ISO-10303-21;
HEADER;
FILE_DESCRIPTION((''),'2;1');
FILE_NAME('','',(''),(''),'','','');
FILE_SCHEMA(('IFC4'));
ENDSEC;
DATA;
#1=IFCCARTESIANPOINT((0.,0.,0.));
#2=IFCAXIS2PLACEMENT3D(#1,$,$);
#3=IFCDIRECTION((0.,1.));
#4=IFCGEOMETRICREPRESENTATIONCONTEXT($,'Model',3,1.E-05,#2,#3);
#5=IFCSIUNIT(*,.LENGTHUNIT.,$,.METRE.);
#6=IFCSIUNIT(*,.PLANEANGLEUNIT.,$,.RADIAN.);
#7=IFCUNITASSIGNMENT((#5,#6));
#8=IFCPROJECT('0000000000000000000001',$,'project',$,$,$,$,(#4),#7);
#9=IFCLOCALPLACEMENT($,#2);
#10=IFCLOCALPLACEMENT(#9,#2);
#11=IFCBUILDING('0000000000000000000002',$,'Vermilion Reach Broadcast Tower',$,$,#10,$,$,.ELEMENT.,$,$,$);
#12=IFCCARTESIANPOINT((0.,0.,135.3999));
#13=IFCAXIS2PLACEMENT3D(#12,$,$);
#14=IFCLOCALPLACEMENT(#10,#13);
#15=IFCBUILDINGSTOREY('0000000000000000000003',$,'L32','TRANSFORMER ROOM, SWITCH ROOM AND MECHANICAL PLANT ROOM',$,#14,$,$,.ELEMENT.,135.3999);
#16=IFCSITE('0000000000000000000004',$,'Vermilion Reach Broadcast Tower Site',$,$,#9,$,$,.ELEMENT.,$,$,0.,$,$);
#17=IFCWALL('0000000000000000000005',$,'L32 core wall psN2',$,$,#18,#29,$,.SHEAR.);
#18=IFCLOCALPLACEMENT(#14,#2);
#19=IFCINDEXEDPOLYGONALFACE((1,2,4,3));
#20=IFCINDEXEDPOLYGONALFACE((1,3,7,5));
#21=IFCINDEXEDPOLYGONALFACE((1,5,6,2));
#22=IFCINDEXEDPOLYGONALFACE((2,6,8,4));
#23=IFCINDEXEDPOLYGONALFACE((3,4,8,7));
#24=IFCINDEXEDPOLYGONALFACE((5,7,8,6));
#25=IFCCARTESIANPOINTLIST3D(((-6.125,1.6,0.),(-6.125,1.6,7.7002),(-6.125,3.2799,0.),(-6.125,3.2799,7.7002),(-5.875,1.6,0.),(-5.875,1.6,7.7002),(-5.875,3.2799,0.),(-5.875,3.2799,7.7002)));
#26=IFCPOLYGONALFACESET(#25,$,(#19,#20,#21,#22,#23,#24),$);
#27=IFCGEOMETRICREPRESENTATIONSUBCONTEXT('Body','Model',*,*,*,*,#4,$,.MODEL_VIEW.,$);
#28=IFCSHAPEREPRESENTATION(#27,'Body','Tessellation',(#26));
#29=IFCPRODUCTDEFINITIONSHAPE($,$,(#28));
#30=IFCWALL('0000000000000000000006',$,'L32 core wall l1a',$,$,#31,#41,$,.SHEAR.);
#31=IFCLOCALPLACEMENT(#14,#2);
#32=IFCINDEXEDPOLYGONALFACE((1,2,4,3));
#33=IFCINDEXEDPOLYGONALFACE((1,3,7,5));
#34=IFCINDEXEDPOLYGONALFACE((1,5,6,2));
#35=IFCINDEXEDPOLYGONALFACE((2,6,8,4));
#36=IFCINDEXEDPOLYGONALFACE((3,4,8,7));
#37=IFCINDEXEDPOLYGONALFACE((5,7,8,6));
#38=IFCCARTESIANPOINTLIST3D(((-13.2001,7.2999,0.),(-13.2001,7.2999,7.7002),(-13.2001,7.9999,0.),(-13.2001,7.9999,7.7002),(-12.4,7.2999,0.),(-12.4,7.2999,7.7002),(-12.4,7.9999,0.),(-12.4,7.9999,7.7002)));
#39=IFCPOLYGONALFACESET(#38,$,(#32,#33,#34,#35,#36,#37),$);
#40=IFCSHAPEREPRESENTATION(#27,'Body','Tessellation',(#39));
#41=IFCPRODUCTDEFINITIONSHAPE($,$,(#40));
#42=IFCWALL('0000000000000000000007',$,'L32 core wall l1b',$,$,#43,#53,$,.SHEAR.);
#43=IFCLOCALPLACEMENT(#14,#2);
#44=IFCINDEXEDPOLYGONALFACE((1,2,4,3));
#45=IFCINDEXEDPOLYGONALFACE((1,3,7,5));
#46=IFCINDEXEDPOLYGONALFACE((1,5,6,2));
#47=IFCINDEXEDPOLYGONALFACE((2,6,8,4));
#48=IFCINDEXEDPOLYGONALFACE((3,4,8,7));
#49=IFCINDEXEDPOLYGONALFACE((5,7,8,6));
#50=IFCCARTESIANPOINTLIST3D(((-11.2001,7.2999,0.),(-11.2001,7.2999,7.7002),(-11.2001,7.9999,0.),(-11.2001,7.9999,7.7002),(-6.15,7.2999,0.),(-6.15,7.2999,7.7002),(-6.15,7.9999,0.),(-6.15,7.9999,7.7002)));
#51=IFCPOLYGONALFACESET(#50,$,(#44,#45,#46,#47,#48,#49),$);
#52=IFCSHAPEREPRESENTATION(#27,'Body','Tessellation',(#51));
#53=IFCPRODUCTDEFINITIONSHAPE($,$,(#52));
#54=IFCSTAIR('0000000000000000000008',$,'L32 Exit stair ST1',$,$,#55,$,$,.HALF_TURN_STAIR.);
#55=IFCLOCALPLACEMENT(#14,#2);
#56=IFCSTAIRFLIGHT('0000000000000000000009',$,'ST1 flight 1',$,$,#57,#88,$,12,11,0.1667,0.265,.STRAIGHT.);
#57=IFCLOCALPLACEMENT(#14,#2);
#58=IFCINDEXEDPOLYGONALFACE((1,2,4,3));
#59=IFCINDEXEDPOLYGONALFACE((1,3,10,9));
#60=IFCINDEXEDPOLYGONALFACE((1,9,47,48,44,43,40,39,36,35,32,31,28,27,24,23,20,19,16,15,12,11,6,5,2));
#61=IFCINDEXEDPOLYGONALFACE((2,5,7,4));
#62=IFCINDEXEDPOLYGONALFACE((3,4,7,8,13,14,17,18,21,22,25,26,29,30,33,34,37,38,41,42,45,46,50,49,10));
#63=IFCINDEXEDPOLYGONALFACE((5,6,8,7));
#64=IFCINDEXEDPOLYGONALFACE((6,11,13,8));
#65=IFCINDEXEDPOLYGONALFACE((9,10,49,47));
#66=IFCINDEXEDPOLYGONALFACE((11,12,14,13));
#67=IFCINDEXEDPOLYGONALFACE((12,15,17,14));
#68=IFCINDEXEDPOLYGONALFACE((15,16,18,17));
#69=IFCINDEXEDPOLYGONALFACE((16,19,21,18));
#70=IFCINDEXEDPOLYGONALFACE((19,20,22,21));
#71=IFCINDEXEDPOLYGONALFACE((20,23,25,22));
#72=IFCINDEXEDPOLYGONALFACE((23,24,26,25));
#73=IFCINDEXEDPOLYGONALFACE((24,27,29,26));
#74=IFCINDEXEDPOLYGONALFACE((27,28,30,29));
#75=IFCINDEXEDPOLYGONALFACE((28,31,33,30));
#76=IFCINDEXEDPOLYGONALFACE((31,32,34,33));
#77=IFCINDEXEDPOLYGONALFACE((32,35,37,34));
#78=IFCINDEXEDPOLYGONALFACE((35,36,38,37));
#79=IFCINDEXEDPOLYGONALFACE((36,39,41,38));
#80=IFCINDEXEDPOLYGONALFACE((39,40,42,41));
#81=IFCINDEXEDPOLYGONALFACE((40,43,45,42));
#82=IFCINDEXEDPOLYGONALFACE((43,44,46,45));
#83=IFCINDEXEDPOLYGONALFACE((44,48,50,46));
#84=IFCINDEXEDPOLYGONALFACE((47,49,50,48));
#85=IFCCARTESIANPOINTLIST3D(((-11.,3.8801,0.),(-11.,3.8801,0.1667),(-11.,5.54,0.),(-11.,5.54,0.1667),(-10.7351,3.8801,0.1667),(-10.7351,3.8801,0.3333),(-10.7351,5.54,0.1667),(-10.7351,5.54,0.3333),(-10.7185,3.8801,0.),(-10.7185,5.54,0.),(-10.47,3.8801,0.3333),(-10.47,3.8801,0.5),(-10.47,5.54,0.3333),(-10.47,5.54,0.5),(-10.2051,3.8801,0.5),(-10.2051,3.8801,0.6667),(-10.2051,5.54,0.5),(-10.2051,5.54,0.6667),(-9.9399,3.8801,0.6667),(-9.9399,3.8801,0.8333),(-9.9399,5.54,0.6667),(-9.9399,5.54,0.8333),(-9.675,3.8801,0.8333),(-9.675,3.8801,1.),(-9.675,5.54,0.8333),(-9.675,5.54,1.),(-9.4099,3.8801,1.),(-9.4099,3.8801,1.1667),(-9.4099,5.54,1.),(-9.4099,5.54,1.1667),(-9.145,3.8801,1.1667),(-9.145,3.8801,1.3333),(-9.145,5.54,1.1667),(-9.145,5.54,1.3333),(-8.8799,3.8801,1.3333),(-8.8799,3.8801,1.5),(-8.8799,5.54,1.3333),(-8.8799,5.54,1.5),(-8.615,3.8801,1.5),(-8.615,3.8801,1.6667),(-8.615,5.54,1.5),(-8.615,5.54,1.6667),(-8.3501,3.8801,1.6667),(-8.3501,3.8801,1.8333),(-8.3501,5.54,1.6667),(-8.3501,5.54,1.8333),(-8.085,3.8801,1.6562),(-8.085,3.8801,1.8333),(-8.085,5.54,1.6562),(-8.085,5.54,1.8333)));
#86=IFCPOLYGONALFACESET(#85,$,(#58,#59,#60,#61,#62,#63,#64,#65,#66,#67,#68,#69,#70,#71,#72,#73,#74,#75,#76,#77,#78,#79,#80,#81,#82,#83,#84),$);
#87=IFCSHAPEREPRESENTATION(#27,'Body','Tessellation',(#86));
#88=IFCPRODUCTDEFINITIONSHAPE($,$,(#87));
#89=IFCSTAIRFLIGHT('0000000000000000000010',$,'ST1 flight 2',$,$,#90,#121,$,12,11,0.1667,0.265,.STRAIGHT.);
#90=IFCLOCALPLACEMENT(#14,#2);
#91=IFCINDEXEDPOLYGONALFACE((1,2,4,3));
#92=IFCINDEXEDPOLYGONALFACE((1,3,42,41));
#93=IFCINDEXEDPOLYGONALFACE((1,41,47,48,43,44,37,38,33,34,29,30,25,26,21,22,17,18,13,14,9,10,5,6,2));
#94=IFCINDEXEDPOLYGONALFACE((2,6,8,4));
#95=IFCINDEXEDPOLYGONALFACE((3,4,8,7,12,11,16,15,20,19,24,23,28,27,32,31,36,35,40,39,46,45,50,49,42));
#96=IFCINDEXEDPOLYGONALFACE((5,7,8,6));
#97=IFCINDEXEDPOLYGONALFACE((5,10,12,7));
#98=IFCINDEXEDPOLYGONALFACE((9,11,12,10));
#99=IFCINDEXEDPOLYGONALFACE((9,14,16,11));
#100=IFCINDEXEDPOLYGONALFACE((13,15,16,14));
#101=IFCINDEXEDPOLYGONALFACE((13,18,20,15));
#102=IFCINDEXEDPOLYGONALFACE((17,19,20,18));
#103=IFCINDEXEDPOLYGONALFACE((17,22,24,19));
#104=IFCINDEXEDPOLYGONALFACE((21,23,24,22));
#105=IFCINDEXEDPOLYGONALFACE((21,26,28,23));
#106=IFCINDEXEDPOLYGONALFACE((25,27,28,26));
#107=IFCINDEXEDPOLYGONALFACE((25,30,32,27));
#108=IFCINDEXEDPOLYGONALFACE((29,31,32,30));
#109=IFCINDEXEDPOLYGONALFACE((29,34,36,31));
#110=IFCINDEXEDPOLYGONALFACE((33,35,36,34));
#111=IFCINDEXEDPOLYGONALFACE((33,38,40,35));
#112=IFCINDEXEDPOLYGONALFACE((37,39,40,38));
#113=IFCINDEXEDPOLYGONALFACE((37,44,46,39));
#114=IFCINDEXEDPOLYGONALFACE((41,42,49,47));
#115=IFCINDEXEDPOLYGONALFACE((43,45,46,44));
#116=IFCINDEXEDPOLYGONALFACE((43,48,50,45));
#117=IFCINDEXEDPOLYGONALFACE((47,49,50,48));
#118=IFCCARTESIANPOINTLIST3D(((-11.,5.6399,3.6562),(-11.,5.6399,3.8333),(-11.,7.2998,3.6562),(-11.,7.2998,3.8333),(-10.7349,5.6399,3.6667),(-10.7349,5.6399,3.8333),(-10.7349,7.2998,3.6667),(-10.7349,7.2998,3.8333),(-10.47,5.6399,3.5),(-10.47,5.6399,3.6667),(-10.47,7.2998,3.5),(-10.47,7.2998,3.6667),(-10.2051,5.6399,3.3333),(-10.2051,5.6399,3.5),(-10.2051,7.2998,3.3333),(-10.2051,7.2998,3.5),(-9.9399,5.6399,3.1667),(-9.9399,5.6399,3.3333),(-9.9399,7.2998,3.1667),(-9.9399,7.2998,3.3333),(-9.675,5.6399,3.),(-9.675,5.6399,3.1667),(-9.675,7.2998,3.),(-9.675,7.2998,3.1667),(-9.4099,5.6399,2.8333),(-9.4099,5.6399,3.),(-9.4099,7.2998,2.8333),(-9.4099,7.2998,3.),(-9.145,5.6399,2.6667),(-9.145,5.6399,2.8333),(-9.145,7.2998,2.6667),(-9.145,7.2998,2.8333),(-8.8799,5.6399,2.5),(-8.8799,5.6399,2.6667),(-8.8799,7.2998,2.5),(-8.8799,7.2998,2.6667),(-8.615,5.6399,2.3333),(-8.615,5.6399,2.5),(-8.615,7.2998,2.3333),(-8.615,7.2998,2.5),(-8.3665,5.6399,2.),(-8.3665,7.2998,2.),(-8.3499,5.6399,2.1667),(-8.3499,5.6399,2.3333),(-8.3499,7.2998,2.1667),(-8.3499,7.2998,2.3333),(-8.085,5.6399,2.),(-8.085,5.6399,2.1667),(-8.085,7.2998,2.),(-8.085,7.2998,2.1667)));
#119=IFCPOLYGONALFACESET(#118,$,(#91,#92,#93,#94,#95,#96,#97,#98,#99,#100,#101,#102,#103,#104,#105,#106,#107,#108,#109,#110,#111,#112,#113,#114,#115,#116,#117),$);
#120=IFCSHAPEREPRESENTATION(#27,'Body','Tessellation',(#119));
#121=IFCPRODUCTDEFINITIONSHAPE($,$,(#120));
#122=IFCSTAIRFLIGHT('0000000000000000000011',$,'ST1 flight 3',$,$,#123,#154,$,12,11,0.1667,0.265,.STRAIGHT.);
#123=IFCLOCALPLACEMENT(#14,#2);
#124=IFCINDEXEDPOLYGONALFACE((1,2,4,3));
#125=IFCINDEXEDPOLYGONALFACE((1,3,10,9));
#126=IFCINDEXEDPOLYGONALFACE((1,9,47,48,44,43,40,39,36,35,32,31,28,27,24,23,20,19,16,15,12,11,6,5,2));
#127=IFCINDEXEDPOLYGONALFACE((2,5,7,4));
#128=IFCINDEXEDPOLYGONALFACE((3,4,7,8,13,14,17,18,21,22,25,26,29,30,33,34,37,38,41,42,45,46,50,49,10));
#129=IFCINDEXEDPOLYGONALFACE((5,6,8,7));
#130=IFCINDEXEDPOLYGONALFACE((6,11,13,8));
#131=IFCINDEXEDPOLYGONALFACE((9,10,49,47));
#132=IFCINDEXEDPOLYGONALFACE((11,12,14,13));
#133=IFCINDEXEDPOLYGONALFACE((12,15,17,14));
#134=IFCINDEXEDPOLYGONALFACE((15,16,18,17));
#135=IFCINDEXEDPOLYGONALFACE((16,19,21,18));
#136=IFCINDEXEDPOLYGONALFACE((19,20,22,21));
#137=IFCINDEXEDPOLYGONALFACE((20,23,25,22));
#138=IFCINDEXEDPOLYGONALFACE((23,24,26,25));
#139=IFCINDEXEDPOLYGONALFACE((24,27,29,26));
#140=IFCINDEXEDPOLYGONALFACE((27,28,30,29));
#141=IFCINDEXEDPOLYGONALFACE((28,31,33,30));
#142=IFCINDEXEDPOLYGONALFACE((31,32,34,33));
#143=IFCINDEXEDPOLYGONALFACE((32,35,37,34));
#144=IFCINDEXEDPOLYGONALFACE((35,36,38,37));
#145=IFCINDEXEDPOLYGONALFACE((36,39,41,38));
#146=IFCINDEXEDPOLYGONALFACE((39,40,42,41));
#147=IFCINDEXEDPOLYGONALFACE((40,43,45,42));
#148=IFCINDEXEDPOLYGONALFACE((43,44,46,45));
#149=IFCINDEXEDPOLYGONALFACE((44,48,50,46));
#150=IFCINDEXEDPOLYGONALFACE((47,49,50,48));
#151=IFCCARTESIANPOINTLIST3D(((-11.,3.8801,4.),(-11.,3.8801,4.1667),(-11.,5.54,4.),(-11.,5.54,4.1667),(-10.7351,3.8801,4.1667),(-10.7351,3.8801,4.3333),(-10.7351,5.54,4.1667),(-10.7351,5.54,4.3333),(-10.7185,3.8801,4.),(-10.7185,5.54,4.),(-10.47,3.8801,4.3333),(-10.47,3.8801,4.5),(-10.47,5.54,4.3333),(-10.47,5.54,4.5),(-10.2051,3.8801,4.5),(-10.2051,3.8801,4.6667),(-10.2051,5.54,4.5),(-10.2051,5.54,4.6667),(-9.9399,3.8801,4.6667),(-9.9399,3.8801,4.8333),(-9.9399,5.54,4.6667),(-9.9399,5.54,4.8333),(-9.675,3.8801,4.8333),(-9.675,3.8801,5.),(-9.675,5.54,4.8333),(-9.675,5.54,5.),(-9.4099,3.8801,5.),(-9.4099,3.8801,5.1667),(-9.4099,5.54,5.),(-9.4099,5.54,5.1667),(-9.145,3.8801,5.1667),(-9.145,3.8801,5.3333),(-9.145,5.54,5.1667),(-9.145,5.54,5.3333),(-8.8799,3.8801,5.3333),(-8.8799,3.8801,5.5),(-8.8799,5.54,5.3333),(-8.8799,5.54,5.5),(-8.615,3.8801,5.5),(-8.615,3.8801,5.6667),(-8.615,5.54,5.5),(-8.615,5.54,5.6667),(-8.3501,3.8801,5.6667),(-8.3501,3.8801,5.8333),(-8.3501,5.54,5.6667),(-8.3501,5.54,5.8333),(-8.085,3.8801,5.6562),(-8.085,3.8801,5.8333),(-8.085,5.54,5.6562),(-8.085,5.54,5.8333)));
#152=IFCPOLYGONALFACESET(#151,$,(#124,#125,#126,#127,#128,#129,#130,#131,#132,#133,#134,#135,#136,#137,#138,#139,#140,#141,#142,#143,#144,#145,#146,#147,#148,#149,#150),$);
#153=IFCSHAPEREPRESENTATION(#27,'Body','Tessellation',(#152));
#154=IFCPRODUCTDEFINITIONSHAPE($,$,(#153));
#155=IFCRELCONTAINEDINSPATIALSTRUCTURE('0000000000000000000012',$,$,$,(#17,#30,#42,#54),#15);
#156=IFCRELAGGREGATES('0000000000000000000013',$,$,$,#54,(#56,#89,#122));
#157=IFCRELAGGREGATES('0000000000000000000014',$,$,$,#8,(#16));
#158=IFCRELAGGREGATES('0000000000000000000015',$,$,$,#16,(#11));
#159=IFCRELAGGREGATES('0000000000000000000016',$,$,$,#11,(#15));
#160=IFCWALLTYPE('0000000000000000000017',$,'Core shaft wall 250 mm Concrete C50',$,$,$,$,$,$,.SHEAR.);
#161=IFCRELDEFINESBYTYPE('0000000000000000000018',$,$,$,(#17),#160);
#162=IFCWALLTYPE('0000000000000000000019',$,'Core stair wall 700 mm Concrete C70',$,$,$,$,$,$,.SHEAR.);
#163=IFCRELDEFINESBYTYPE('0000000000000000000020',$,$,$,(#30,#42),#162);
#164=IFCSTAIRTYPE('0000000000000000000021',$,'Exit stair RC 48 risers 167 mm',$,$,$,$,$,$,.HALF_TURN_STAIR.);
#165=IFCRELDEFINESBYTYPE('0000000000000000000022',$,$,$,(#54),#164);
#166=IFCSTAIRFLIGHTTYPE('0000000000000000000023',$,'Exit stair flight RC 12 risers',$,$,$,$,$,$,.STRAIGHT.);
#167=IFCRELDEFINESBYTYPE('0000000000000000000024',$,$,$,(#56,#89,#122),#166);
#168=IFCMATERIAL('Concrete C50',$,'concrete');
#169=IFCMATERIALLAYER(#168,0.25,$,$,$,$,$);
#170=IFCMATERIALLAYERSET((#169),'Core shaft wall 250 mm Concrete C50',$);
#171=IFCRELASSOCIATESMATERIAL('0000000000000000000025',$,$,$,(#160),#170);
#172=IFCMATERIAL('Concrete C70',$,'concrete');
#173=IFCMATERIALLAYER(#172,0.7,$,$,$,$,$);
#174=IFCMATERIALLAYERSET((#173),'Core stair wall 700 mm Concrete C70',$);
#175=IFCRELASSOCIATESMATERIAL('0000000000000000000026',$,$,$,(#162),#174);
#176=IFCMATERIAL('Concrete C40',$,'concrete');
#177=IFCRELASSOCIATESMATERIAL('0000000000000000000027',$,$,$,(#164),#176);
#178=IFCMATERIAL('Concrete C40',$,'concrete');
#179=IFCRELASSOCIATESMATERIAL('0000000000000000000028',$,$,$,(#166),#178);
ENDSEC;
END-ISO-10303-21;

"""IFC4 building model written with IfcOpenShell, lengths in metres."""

from ifc_helpers import new_model, si_unit, direction, frame, frame_2d, origin, place, context, subcontext, project, spatial, polyline, rectangle, outline, extrude, material, layer, layer_set, type_object, element, aggregate, save


model = new_model("IFC4")

# Units and contexts
model_context = context("Model", 3, precision=1e-05, world=origin(), true_north=direction((0.0, 1.0)))
body_context = subcontext(model_context, "Body", "Model", "MODEL_VIEW")
ifc_project = project(units=[si_unit("LENGTHUNIT", "METRE"), si_unit("PLANEANGLEUNIT", "RADIAN")], contexts=[model_context])

# Site, building, storey
site_placement = place(None, origin())
site = spatial("IfcSite", under=ifc_project, at=site_placement, Name="Vermilion Reach Broadcast Tower Site", CompositionType="ELEMENT", RefElevation=0.0)
building_placement = place(site_placement, origin())
building = spatial("IfcBuilding", under=site, at=building_placement, Name="Vermilion Reach Broadcast Tower", CompositionType="ELEMENT")
storey_placement = place(building_placement, frame((0.0, 0.0, 135.3999)))
storey = spatial("IfcBuildingStorey", under=building, at=storey_placement, Name="L32", Description="TRANSFORMER ROOM, SWITCH ROOM AND MECHANICAL PLANT ROOM", CompositionType="ELEMENT", Elevation=135.3999)

# Walls
ifc_material_1 = material(Name="Concrete C50", Category="concrete")
ifc_layer_1 = layer(ifc_material_1, 0.25)
ifc_layer_set_1 = layer_set([ifc_layer_1], Name="Core shaft wall 250 mm Concrete C50")
wall_type_1 = type_object("IfcWallType", Name="Core shaft wall 250 mm Concrete C50", PredefinedType="SHEAR", material=ifc_layer_set_1)
wall_1_placement = place(storey_placement, frame((-6.0, 1.6001, 0.0), z_axis=(0.0, 0.0, 1.0), x_axis=(0.0, 1.0, 0.0)))
element("IfcWall", 1, at=wall_1_placement, inside=storey, type_object=wall_type_1, Name="L32 core wall psN2", PredefinedType="SHEAR", context=body_context, shape_type="SweptSolid", body=[
    extrude(rectangle(XDim=1.6799, YDim=0.25, at=frame_2d((0.8398, 0.0))), origin(), (0.0, 0.0, 1.0), 7.7002),
])
ifc_material_2 = material(Name="Concrete C70", Category="concrete")
ifc_layer_2 = layer(ifc_material_2, 0.7)
ifc_layer_set_2 = layer_set([ifc_layer_2], Name="Core stair wall 700 mm Concrete C70")
wall_type_2 = type_object("IfcWallType", Name="Core stair wall 700 mm Concrete C70", PredefinedType="SHEAR", material=ifc_layer_set_2)
wall_2_placement = place(storey_placement, frame((-13.2, 7.6499, 0.0), z_axis=(0.0, 0.0, 1.0), x_axis=(1.0, 0.0, 0.0)))
element("IfcWall", 2, at=wall_2_placement, inside=storey, type_object=wall_type_2, Name="L32 core wall l1a", PredefinedType="SHEAR", context=body_context, shape_type="SweptSolid", body=[
    extrude(rectangle(XDim=0.8, YDim=0.7, at=frame_2d((0.3999, 0.0))), origin(), (0.0, 0.0, 1.0), 7.7002),
])
wall_3_placement = place(storey_placement, frame((-11.2, 7.6499, 0.0), z_axis=(0.0, 0.0, 1.0), x_axis=(1.0, 0.0, 0.0)))
element("IfcWall", 3, at=wall_3_placement, inside=storey, type_object=wall_type_2, Name="L32 core wall l1b", PredefinedType="SHEAR", context=body_context, shape_type="SweptSolid", body=[
    extrude(rectangle(XDim=5.05, YDim=0.7, at=frame_2d((2.5249, 0.0))), origin(), (0.0, 0.0, 1.0), 7.7002),
])

# Stair, stair flights
ifc_material_3 = material(Name="Concrete C40", Category="concrete")
stair_type = type_object("IfcStairType", Name="Exit stair RC 48 risers 167 mm", PredefinedType="HALF_TURN_STAIR", material=ifc_material_3)
stair_placement = place(storey_placement, origin())
stair = element("IfcStair", 4, at=stair_placement, inside=storey, type_object=stair_type, Name="L32 Exit stair ST1", PredefinedType="HALF_TURN_STAIR")
ifc_material_4 = material(Name="Concrete C40", Category="concrete")
stair_flight_type = type_object("IfcStairFlightType", Name="Exit stair flight RC 12 risers", PredefinedType="STRAIGHT", material=ifc_material_4)
stair_flight_1_placement = place(storey_placement, frame((-11.0, 4.71, 0.0), z_axis=(0.0, 0.0, 1.0), x_axis=(1.0, 0.0, 0.0)))
stair_flight_1 = element("IfcStairFlight", 5, at=stair_flight_1_placement, type_object=stair_flight_type, Name="ST1 flight 1", NumberOfRisers=12, NumberOfTreads=11, PredefinedType="STRAIGHT", RiserHeight=0.1667, TreadLength=0.265, context=body_context, shape_type="SweptSolid", body=[
    extrude(outline(polyline([(0.0, 0.0), (0.0, 0.1667), (0.2649, 0.1667), (0.2649, 0.3333), (0.53, 0.3333), (0.53, 0.5), (0.7949, 0.5), (0.7949, 0.6667), (1.0601, 0.6667), (1.0601, 0.8333), (1.325, 0.8333), (1.325, 1.0), (1.5901, 1.0), (1.5901, 1.1667), (1.855, 1.1667), (1.855, 1.3333), (2.1201, 1.3333), (2.1201, 1.5), (2.385, 1.5), (2.385, 1.6667), (2.6499, 1.6667), (2.6499, 1.8333), (2.915, 1.8333), (2.915, 2.0), (2.915, 1.6562), (0.2815, 0.0), (0.0, 0.0)])), frame((0.0, 0.8301, 0.0), z_axis=(0.0, -1.0, 0.0), x_axis=(1.0, 0.0, 0.0)), (0.0, 0.0, 1.0), 1.6599),
])
stair_flight_2_placement = place(storey_placement, frame((-8.085, 6.47, 2.0), z_axis=(0.0, 0.0, 1.0), x_axis=(-1.0, 0.0, 0.0)))
stair_flight_2 = element("IfcStairFlight", 6, at=stair_flight_2_placement, type_object=stair_flight_type, Name="ST1 flight 2", NumberOfRisers=12, NumberOfTreads=11, PredefinedType="STRAIGHT", RiserHeight=0.1667, TreadLength=0.265, context=body_context, shape_type="SweptSolid", body=[
    extrude(outline(polyline([(0.0, 0.0), (0.0, 0.1667), (0.2649, 0.1667), (0.2649, 0.3333), (0.53, 0.3333), (0.53, 0.5), (0.7949, 0.5), (0.7949, 0.6667), (1.0601, 0.6667), (1.0601, 0.8333), (1.325, 0.8333), (1.325, 1.0), (1.5901, 1.0), (1.5901, 1.1667), (1.855, 1.1667), (1.855, 1.3333), (2.1201, 1.3333), (2.1201, 1.5), (2.385, 1.5), (2.385, 1.6667), (2.6499, 1.6667), (2.6499, 1.8333), (2.915, 1.8333), (2.915, 2.0), (2.915, 1.6562), (0.2815, 0.0), (0.0, 0.0)])), frame((0.0, 0.8301, 0.0), z_axis=(0.0, -1.0, 0.0), x_axis=(1.0, 0.0, 0.0)), (0.0, 0.0, 1.0), 1.6599),
])
stair_flight_3_placement = place(storey_placement, frame((-11.0, 4.71, 4.0), z_axis=(0.0, 0.0, 1.0), x_axis=(1.0, 0.0, 0.0)))
stair_flight_3 = element("IfcStairFlight", 7, at=stair_flight_3_placement, type_object=stair_flight_type, Name="ST1 flight 3", NumberOfRisers=12, NumberOfTreads=11, PredefinedType="STRAIGHT", RiserHeight=0.1667, TreadLength=0.265, context=body_context, shape_type="SweptSolid", body=[
    extrude(outline(polyline([(0.0, 0.0), (0.0, 0.1667), (0.2649, 0.1667), (0.2649, 0.3333), (0.53, 0.3333), (0.53, 0.5), (0.7949, 0.5), (0.7949, 0.6667), (1.0601, 0.6667), (1.0601, 0.8333), (1.325, 0.8333), (1.325, 1.0), (1.5901, 1.0), (1.5901, 1.1667), (1.855, 1.1667), (1.855, 1.3333), (2.1201, 1.3333), (2.1201, 1.5), (2.385, 1.5), (2.385, 1.6667), (2.6499, 1.6667), (2.6499, 1.8333), (2.915, 1.8333), (2.915, 2.0), (2.915, 1.6562), (0.2815, 0.0), (0.0, 0.0)])), frame((0.0, 0.8301, 0.0), z_axis=(0.0, -1.0, 0.0), x_axis=(1.0, 0.0, 0.0)), (0.0, 0.0, 1.0), 1.6599),
])
aggregate(stair, [stair_flight_1, stair_flight_2, stair_flight_3])

save(model, "model.ifc")
